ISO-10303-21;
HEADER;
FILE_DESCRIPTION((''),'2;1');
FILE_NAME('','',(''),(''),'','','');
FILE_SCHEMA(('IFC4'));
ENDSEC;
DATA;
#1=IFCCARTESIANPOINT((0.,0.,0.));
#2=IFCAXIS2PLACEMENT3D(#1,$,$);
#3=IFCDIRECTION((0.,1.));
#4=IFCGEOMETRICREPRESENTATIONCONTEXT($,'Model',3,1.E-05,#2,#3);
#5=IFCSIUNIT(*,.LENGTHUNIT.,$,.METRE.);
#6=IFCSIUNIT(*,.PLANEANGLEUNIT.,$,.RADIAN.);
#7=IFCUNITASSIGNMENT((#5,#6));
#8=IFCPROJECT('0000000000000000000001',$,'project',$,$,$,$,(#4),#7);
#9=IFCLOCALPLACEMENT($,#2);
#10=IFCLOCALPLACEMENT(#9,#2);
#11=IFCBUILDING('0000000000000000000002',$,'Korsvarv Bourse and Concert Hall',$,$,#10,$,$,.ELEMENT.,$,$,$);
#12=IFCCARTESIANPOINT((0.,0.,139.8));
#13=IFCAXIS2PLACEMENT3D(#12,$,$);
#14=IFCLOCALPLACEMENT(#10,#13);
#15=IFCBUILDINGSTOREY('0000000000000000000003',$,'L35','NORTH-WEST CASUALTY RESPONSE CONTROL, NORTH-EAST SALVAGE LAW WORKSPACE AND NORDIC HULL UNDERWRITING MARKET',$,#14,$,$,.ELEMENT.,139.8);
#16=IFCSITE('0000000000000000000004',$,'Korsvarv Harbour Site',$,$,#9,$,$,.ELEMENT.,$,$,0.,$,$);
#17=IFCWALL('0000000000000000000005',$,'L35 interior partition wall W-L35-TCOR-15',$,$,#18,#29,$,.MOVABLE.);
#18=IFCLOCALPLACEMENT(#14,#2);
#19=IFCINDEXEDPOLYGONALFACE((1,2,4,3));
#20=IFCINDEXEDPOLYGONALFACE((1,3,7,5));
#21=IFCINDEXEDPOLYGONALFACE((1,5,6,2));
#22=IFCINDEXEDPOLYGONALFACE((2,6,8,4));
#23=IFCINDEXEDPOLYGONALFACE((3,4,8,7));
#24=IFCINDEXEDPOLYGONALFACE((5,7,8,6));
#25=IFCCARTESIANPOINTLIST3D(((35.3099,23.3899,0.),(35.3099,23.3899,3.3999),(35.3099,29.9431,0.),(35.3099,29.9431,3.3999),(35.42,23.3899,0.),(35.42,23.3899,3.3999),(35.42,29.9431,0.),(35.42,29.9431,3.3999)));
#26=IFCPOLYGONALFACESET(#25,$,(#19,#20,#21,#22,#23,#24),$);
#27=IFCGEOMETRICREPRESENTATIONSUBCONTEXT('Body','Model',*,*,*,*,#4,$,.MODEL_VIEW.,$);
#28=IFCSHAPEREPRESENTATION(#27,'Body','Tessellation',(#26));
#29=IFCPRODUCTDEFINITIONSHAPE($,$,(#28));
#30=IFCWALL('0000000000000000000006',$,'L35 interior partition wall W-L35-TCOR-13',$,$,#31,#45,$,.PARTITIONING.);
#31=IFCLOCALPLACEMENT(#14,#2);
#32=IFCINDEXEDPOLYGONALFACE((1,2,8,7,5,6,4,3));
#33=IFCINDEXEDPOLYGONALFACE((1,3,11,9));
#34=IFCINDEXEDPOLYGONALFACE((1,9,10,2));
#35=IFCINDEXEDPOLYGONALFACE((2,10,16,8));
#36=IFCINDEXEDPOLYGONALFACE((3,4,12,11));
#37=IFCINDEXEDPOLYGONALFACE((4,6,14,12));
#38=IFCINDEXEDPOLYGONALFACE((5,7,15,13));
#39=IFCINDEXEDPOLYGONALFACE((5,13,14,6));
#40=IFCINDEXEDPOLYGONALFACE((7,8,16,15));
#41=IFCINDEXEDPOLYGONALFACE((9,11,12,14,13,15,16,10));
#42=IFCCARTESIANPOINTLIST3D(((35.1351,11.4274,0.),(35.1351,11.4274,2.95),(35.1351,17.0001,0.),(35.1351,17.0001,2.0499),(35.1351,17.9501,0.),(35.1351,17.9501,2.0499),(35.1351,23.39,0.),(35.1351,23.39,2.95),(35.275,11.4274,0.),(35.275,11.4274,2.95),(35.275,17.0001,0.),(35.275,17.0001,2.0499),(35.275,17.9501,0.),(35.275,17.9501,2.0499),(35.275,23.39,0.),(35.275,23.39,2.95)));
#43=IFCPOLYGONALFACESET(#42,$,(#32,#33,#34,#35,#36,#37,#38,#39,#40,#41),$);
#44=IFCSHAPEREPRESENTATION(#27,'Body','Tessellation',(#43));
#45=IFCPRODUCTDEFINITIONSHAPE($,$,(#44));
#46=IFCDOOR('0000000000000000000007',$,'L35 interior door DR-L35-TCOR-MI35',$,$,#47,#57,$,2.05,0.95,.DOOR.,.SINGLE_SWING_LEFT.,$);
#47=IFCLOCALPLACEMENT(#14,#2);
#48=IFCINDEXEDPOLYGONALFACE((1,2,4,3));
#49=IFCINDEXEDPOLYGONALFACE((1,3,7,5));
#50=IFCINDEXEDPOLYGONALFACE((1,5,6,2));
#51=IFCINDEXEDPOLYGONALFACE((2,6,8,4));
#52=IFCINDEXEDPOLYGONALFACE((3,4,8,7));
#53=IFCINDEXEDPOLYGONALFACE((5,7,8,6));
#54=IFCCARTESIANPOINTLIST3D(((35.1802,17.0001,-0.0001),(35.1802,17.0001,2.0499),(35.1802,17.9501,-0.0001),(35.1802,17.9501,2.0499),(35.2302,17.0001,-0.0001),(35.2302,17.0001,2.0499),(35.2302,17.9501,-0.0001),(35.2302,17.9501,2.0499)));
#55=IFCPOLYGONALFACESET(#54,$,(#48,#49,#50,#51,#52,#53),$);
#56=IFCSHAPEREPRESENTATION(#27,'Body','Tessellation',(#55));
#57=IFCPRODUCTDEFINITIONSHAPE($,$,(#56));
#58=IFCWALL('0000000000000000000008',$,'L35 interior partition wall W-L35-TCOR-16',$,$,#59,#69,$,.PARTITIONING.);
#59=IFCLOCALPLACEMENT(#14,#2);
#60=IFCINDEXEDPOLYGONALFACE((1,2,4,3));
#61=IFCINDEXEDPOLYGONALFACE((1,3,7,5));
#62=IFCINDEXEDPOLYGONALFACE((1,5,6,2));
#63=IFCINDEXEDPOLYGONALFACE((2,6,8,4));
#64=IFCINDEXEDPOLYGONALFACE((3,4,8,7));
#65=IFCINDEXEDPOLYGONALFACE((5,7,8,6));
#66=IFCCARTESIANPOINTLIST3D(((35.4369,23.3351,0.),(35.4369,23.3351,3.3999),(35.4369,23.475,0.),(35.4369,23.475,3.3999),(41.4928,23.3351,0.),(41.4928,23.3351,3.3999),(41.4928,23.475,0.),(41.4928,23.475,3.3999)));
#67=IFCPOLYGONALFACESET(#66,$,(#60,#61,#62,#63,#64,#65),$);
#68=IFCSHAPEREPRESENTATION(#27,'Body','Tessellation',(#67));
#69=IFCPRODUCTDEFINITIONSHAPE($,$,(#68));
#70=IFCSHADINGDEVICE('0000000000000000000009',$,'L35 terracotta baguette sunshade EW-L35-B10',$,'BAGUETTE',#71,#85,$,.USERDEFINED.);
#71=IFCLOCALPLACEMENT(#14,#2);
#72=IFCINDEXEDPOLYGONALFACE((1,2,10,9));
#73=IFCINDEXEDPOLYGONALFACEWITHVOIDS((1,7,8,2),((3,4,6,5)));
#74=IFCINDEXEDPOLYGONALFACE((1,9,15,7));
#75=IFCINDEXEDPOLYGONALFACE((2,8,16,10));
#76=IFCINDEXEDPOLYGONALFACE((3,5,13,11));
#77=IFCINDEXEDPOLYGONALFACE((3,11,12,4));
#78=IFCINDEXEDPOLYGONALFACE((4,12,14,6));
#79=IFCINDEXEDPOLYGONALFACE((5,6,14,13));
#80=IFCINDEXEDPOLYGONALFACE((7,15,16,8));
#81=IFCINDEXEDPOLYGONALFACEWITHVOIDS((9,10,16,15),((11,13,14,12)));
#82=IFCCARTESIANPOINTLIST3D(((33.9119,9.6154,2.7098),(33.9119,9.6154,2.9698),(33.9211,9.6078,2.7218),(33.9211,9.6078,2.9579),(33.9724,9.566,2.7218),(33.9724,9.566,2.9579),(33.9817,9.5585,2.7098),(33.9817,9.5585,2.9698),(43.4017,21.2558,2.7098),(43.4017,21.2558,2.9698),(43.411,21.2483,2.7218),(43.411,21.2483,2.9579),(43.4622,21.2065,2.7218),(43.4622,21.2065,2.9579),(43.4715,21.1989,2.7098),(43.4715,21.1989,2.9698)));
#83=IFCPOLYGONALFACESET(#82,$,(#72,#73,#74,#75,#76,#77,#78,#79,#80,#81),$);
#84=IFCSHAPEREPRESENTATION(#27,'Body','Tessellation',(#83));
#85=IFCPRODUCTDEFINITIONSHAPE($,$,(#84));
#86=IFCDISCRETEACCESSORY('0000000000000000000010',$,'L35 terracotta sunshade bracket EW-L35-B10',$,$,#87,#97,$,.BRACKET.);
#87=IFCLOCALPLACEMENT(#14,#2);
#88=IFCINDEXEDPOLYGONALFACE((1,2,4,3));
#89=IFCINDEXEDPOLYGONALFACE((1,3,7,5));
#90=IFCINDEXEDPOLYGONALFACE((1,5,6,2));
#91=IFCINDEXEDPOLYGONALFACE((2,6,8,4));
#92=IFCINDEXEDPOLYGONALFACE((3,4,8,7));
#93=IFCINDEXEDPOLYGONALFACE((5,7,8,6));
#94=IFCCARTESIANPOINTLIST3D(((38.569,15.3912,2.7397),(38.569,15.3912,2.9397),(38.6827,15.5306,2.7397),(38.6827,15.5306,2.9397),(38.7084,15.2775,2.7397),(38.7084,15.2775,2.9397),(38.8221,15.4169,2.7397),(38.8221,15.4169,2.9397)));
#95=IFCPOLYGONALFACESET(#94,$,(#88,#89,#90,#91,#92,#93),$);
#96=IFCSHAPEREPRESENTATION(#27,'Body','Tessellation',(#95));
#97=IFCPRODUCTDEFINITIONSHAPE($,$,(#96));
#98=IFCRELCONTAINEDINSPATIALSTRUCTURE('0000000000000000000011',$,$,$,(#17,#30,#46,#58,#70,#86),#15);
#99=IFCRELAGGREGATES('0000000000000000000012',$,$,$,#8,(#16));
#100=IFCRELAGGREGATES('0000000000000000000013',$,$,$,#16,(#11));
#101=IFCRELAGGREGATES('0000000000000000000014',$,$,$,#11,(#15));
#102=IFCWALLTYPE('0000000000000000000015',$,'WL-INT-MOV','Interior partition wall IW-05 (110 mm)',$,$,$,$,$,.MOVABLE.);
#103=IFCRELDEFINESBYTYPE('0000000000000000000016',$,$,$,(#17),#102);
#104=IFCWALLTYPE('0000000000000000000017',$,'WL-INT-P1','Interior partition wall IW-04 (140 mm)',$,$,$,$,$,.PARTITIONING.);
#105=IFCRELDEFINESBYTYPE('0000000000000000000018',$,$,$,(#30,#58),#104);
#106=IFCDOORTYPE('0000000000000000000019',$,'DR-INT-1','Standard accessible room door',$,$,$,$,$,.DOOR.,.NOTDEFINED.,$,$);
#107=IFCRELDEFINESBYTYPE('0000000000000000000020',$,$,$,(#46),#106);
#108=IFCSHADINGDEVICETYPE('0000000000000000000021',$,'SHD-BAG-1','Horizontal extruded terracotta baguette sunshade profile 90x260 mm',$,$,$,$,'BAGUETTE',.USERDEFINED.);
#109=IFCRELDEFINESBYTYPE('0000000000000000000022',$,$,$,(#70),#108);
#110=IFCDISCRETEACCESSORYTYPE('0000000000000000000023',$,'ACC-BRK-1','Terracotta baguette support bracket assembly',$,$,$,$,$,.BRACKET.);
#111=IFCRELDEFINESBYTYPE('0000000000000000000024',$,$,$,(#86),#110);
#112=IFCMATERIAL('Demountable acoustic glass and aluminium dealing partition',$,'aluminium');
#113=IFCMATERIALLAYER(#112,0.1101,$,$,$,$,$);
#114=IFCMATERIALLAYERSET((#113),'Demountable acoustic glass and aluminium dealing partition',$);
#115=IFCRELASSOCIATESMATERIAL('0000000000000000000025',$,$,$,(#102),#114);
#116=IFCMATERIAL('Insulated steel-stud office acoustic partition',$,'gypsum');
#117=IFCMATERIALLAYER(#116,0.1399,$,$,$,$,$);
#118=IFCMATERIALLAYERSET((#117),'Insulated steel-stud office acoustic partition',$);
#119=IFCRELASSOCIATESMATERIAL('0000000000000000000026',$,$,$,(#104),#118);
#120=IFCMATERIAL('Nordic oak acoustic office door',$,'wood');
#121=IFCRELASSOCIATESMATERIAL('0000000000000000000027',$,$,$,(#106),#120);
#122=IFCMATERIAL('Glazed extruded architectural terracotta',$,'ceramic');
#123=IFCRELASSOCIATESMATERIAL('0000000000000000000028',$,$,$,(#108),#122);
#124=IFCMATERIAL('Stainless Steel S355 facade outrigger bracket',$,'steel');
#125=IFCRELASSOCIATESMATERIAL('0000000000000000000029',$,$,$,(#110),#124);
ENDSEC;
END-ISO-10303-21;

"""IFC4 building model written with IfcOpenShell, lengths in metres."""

from ifc_helpers import new_model, si_unit, direction, frame, frame_2d, origin, origin_2d, place, context, subcontext, project, spatial, rectangle, hollow_rectangle, extrude, source, transform, mapped, material, layer, layer_set, material_profile, profile_set, type_object, element, fill, save


model = new_model("IFC4")

# Units and contexts
model_context = context("Model", 3, precision=1e-05, world=origin(), true_north=direction((0.0, 1.0)))
body_context = subcontext(model_context, "Body", "Model", "MODEL_VIEW")
ifc_project = project(units=[si_unit("LENGTHUNIT", "METRE"), si_unit("PLANEANGLEUNIT", "RADIAN")], contexts=[model_context])

# Site, building, storey
site_placement = place(None, origin())
site = spatial("IfcSite", under=ifc_project, at=site_placement, Name="Korsvarv Harbour Site", CompositionType="ELEMENT", RefElevation=0.0)
building_placement = place(site_placement, origin())
building = spatial("IfcBuilding", under=site, at=building_placement, Name="Korsvarv Bourse and Concert Hall", CompositionType="ELEMENT")
storey_placement = place(building_placement, frame((0.0, 0.0, 139.8)))
storey = spatial("IfcBuildingStorey", under=building, at=storey_placement, Name="L35", Description="NORTH-WEST CASUALTY RESPONSE CONTROL, NORTH-EAST SALVAGE LAW WORKSPACE AND NORDIC HULL UNDERWRITING MARKET", CompositionType="ELEMENT", Elevation=139.8)

# Wall
ifc_material_1 = material(Name="Demountable acoustic glass and aluminium dealing partition", Category="aluminium")
ifc_layer_1 = layer(ifc_material_1, 0.1101)
ifc_layer_set_1 = layer_set([ifc_layer_1], Name="Demountable acoustic glass and aluminium dealing partition")
wall_type_1 = type_object("IfcWallType", Name="WL-INT-MOV", Description="Interior partition wall IW-05 (110 mm)", PredefinedType="MOVABLE", material=ifc_layer_set_1)
wall_1_placement = place(storey_placement, frame((35.365, 23.3899, 0.0), z_axis=(0.0, 0.0, 1.0), x_axis=(0.0, 1.0, 0.0)))
element("IfcWall", 1, at=wall_1_placement, inside=storey, type_object=wall_type_1, Name="L35 interior partition wall W-L35-TCOR-15", PredefinedType="MOVABLE", context=body_context, shape_type="SweptSolid", body=[
    extrude(rectangle(XDim=6.5532, YDim=0.1101, at=frame_2d((3.2766, 0.0))), origin(), (0.0, 0.0, 1.0), 3.3999),
])

# Wall, opening, door
ifc_material_2 = material(Name="Insulated steel-stud office acoustic partition", Category="gypsum")
ifc_layer_2 = layer(ifc_material_2, 0.1399)
ifc_layer_set_2 = layer_set([ifc_layer_2], Name="Insulated steel-stud office acoustic partition")
wall_type_2 = type_object("IfcWallType", Name="WL-INT-P1", Description="Interior partition wall IW-04 (140 mm)", PredefinedType="PARTITIONING", material=ifc_layer_set_2)
wall_2_placement = place(storey_placement, frame((35.2051, 11.4272, 0.0), z_axis=(0.0, 0.0, 1.0), x_axis=(0.0, 1.0, 0.0)))
wall_2 = element("IfcWall", 2, at=wall_2_placement, inside=storey, type_object=wall_type_2, Name="L35 interior partition wall W-L35-TCOR-13", PredefinedType="PARTITIONING", context=body_context, shape_type="SweptSolid", body=[
    extrude(rectangle(XDim=11.9626, YDim=0.1399, at=frame_2d((5.9814, 0.0))), origin(), (0.0, 0.0, 1.0), 2.95),
])
opening_1_placement = place(wall_2_placement, frame((5.5728, 0.0, 0.0)))
opening_1 = element("IfcOpeningElement", 3, at=opening_1_placement, cuts=wall_2, PredefinedType="OPENING", context=body_context, shape_type="SweptSolid", body=[
    extrude(rectangle(XDim=0.95, YDim=2.05, at=frame_2d((0.4751, 1.0249))), frame((0.0, 0.0801, 0.0), z_axis=(0.0, -1.0, 0.0), x_axis=(1.0, 0.0, 0.0)), (0.0, 0.0, 1.0), 0.1599),
])
ifc_material_3 = material(Name="Nordic oak acoustic office door", Category="wood")
door_type_1 = type_object("IfcDoorType", Name="DR-INT-1", Description="Standard accessible room door", OperationType="NOTDEFINED", PredefinedType="DOOR", material=ifc_material_3)
door_1_placement = place(opening_1_placement, origin())
door_1 = element("IfcDoor", 4, at=door_1_placement, inside=storey, type_object=door_type_1, Name="L35 interior door DR-L35-TCOR-MI35", OperationType="SINGLE_SWING_LEFT", OverallHeight=2.05, OverallWidth=0.95, PredefinedType="DOOR", context=body_context, shape_type="SweptSolid", body=[
    extrude(rectangle(XDim=0.95, YDim=2.05, at=frame_2d((0.4751, 1.0249))), frame((0.0, 0.0249, 0.0), z_axis=(0.0, -1.0, 0.0), x_axis=(1.0, 0.0, 0.0)), (0.0, 0.0, 1.0), 0.05),
])
fill(opening_1, door_1)

# Wall
wall_3_placement = place(storey_placement, frame((35.437, 23.405, 0.0), z_axis=(0.0, 0.0, 1.0), x_axis=(1.0, 0.0, 0.0)))
element("IfcWall", 5, at=wall_3_placement, inside=storey, type_object=wall_type_2, Name="L35 interior partition wall W-L35-TCOR-16", PredefinedType="PARTITIONING", context=body_context, shape_type="SweptSolid", body=[
    extrude(rectangle(XDim=6.0559, YDim=0.1399, at=frame_2d((3.0278, 0.0))), origin(), (0.0, 0.0, 1.0), 3.3999),
])

# Shading device
ifc_material_4 = material(Name="Glazed extruded architectural terracotta", Category="ceramic")
ifc_material_profile_1 = material_profile(ifc_material_4, hollow_rectangle(XDim=0.0901, YDim=0.26, WallThickness=0.012, at=origin_2d()), Name="TC-BAG 90x260")
ifc_profile_set_1 = profile_set([ifc_material_profile_1], Name="Glazed extruded architectural terracotta")
shading_device_type = type_object("IfcShadingDeviceType", Name="SHD-BAG-1", Description="Horizontal extruded terracotta baguette sunshade profile 90x260 mm", ElementType="BAGUETTE", PredefinedType="USERDEFINED", material=ifc_profile_set_1)
shared_shape_1 = source(origin(), body_context, "Body", "SweptSolid", [
    extrude(hollow_rectangle(XDim=0.0901, YDim=0.26, WallThickness=0.012, at=origin_2d()), origin(), (0.0, 0.0, 1.0), 15.0186),
])
shading_device_placement = place(storey_placement, frame((33.9468, 9.5869, 2.8398), z_axis=(0.631873, 0.775072, 0.0), x_axis=(-0.775072, 0.631873, 0.0)))
element("IfcShadingDevice", 6, at=shading_device_placement, inside=storey, type_object=shading_device_type, Name="L35 terracotta baguette sunshade EW-L35-B10", ObjectType="BAGUETTE", PredefinedType="USERDEFINED", context=body_context, shape_type="MappedRepresentation", body=[
    mapped(shared_shape_1, transform((0.0, 0.0, 0.0), scale=1.0)),
])

# Discrete accessory
ifc_material_5 = material(Name="Stainless Steel S355 facade outrigger bracket", Category="steel")
discrete_accessory_type = type_object("IfcDiscreteAccessoryType", Name="ACC-BRK-1", Description="Terracotta baguette support bracket assembly", PredefinedType="BRACKET", material=ifc_material_5)
shared_shape_2 = source(origin(), body_context, "Body", "SweptSolid", [
    extrude(rectangle(XDim=0.1799, YDim=0.1799, at=origin_2d()), origin(), (0.0, 0.0, 1.0), 0.2),
])
discrete_accessory_placement = place(storey_placement, frame((38.6956, 15.4041, 2.7397), z_axis=(0.0, 0.0, 1.0), x_axis=(0.631894, 0.775055, 0.0)))
element("IfcDiscreteAccessory", 7, at=discrete_accessory_placement, inside=storey, type_object=discrete_accessory_type, Name="L35 terracotta sunshade bracket EW-L35-B10", PredefinedType="BRACKET", context=body_context, shape_type="MappedRepresentation", body=[
    mapped(shared_shape_2, transform((0.0, 0.0, 0.0), scale=1.0)),
])

save(model, "model.ifc")
